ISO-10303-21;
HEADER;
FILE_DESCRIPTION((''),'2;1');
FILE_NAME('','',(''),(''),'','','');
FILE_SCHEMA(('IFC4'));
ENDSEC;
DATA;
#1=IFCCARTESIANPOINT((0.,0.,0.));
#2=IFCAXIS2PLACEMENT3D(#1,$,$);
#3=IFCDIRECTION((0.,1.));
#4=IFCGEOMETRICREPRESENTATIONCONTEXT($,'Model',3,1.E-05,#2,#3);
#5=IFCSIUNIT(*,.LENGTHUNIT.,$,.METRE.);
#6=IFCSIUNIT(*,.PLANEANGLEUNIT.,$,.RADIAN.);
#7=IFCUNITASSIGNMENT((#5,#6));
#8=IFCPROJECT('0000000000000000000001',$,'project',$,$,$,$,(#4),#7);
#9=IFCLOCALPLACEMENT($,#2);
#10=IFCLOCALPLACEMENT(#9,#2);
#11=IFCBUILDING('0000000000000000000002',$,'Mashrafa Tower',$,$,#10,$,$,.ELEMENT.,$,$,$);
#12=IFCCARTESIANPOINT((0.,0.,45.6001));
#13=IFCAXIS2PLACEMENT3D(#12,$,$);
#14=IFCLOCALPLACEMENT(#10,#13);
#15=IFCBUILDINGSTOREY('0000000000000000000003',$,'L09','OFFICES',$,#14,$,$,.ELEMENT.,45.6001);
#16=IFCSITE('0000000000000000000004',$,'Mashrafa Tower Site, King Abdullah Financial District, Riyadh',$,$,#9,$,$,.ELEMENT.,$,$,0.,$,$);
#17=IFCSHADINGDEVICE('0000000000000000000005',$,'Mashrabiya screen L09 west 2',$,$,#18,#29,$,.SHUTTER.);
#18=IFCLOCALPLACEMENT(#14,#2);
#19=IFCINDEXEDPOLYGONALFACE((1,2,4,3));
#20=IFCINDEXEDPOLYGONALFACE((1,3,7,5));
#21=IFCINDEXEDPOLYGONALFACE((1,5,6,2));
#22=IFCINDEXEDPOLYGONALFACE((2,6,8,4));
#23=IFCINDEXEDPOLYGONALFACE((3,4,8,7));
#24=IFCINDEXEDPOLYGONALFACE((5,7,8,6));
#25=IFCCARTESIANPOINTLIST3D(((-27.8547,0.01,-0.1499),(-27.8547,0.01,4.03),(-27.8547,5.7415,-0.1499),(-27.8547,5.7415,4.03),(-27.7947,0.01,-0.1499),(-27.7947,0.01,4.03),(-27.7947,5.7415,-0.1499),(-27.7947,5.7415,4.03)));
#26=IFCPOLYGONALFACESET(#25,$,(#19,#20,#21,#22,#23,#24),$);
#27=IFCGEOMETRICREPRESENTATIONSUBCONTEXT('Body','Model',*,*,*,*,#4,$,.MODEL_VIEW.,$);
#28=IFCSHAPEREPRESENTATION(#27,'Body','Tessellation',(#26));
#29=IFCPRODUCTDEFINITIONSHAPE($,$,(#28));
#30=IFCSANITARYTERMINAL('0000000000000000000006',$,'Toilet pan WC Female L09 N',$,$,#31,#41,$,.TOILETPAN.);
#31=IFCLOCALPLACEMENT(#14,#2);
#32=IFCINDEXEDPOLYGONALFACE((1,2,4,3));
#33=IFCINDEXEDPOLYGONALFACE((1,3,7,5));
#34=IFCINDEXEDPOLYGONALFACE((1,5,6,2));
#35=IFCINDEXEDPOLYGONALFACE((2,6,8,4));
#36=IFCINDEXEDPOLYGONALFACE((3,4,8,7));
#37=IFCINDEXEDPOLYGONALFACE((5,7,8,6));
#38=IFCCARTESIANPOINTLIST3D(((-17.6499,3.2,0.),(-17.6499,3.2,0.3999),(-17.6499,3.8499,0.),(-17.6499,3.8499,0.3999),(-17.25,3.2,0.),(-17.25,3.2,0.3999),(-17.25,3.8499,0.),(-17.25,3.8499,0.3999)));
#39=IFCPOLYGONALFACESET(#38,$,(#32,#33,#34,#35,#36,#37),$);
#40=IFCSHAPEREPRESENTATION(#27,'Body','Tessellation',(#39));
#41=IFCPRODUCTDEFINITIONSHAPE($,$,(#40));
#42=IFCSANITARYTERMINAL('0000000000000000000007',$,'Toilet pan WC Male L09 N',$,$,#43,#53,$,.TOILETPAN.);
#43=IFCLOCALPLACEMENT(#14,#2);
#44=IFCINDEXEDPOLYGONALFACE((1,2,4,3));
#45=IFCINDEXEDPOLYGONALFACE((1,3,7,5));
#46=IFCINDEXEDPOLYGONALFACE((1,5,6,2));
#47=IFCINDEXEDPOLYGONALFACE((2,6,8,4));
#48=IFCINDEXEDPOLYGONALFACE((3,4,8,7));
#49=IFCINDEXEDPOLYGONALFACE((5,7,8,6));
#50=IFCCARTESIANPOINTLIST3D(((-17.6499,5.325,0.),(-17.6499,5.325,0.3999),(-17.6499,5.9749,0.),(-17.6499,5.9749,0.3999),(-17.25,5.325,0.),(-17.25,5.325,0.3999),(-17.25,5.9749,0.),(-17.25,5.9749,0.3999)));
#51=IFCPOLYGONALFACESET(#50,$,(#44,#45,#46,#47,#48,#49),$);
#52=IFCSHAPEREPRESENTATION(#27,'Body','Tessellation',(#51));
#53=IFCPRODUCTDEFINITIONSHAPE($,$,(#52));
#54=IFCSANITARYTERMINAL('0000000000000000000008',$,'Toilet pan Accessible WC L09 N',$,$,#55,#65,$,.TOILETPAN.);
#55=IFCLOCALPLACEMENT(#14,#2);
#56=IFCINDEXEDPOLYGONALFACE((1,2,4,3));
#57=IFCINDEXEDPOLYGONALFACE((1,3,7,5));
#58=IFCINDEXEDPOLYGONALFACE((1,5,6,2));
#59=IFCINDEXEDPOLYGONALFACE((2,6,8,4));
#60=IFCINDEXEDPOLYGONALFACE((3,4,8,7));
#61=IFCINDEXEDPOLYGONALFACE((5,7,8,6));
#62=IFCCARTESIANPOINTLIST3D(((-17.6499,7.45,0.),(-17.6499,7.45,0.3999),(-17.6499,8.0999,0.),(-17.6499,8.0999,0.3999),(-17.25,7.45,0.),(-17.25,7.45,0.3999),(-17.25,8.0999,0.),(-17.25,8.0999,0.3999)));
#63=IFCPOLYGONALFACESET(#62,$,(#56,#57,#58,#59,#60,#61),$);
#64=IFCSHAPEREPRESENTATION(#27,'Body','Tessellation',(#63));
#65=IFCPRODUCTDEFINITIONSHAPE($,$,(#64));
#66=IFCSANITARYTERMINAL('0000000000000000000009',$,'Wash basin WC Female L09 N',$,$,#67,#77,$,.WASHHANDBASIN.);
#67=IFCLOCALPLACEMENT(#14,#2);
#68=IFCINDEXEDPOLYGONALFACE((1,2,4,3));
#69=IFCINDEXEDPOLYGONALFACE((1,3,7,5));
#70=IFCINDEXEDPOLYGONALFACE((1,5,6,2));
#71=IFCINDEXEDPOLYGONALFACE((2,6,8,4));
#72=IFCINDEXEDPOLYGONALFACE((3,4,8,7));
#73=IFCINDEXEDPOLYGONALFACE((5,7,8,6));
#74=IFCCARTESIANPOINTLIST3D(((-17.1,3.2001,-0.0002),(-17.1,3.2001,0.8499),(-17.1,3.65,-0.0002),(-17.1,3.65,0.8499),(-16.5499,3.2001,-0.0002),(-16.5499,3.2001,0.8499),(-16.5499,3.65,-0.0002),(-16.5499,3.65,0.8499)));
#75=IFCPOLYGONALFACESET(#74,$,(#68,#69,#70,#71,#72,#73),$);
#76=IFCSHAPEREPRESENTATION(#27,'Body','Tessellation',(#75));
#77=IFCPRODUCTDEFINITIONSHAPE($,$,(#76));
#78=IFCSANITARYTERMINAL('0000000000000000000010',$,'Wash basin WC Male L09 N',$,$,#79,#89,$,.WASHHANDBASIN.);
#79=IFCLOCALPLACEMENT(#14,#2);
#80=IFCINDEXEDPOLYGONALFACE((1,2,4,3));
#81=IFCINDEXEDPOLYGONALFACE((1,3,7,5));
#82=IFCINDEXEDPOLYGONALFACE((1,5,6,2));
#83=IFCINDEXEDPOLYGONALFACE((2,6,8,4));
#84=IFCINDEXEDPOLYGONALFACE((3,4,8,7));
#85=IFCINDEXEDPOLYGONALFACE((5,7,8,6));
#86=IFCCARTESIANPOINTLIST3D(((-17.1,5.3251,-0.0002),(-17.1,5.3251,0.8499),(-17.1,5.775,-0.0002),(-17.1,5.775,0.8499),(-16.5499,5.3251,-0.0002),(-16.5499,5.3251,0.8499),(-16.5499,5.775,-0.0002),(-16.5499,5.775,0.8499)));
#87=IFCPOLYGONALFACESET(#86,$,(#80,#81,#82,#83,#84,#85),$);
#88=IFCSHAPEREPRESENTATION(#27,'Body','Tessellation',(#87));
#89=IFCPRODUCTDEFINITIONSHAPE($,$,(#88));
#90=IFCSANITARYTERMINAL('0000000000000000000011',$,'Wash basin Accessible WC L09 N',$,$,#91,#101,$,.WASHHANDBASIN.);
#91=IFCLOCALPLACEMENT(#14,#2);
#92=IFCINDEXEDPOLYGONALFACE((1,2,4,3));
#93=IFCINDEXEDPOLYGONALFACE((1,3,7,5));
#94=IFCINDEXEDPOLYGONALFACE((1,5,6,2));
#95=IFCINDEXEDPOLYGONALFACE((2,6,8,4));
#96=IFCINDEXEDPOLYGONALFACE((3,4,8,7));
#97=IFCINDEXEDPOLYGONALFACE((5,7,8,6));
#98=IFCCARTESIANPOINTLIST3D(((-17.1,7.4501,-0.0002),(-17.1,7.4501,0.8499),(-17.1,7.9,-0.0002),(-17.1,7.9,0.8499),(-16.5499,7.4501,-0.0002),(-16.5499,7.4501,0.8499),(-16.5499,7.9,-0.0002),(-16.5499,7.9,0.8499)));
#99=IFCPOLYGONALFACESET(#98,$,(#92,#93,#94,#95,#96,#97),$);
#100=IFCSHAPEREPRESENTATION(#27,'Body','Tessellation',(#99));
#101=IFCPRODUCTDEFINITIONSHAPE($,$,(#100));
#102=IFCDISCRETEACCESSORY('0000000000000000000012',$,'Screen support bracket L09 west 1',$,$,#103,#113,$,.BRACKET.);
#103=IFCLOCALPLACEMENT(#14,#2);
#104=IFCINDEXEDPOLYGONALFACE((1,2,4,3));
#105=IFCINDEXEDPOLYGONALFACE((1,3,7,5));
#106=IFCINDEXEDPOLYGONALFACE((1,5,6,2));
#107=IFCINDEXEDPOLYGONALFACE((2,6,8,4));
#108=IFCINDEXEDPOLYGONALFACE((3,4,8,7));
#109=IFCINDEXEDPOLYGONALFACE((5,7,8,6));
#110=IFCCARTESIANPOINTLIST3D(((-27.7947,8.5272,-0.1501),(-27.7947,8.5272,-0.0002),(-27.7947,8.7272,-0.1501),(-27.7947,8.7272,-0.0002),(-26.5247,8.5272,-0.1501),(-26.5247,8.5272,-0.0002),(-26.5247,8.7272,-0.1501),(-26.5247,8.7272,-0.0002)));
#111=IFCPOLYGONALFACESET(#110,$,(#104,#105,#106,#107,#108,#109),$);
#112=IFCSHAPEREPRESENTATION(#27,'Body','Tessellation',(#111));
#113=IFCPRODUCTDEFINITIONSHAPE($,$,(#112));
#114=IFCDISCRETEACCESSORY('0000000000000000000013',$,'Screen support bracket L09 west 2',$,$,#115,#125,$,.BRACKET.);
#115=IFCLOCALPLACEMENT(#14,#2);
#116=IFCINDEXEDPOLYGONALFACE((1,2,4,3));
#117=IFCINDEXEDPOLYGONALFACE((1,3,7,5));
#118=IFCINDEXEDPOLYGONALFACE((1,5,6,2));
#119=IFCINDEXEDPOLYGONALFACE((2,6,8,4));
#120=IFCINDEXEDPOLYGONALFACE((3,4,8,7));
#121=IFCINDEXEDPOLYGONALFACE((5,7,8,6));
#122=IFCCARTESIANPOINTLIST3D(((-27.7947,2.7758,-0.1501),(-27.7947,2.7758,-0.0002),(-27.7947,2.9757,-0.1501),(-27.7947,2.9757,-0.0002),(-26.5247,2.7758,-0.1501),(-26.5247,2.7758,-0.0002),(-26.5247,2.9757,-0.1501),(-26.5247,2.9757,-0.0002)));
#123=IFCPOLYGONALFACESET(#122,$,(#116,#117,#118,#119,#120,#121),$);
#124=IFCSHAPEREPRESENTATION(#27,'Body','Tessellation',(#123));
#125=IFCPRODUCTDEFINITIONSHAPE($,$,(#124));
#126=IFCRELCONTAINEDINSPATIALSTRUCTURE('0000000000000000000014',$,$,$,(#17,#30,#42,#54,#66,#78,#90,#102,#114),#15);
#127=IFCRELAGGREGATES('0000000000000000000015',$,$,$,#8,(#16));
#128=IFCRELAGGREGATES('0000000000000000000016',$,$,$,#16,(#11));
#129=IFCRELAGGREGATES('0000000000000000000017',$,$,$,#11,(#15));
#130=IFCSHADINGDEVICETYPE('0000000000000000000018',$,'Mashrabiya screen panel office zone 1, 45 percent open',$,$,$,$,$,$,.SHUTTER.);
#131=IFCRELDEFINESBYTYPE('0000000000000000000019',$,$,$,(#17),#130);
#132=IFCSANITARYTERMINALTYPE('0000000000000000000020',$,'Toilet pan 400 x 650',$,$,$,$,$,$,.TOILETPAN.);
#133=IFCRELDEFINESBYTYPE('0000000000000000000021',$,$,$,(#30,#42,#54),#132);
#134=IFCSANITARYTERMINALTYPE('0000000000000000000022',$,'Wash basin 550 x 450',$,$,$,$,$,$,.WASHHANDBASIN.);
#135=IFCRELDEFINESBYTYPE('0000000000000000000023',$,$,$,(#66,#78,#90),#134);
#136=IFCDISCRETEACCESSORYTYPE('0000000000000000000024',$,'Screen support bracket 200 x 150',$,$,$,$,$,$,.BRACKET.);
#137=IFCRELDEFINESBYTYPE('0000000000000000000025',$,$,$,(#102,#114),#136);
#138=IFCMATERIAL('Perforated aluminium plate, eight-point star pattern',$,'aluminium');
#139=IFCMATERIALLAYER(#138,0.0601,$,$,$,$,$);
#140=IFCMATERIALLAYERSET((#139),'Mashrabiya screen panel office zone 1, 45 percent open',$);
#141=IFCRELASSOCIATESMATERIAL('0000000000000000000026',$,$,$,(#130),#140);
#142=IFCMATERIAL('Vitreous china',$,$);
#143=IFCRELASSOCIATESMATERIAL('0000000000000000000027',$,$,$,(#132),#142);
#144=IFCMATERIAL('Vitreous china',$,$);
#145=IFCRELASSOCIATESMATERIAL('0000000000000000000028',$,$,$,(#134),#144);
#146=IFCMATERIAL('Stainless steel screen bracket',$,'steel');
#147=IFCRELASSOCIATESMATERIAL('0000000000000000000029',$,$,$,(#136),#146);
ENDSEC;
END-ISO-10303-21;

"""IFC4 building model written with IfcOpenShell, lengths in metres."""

from ifc_helpers import new_model, si_unit, direction, frame, origin, origin_2d, place, context, subcontext, project, spatial, rectangle, extrude, source, transform, mapped, material, layer, layer_set, type_object, type_shapes, element, save


model = new_model("IFC4")

# Units and contexts
model_context = context("Model", 3, precision=1e-05, world=origin(), true_north=direction((0.0, 1.0)))
body_context = subcontext(model_context, "Body", "Model", "MODEL_VIEW")
ifc_project = project(units=[si_unit("LENGTHUNIT", "METRE"), si_unit("PLANEANGLEUNIT", "RADIAN")], contexts=[model_context])

# Site, building, storey
site_placement = place(None, origin())
site = spatial("IfcSite", under=ifc_project, at=site_placement, Name="Mashrafa Tower Site, King Abdullah Financial District, Riyadh", CompositionType="ELEMENT", RefElevation=0.0)
building_placement = place(site_placement, origin())
building = spatial("IfcBuilding", under=site, at=building_placement, Name="Mashrafa Tower", CompositionType="ELEMENT")
storey_placement = place(building_placement, frame((0.0, 0.0, 45.6001)))
storey = spatial("IfcBuildingStorey", under=building, at=storey_placement, Name="L09", Description="OFFICES", CompositionType="ELEMENT", Elevation=45.6001)

# Shading device
ifc_material_1 = material(Name="Perforated aluminium plate, eight-point star pattern", Category="aluminium")
ifc_layer_1 = layer(ifc_material_1, 0.0601)
ifc_layer_set_1 = layer_set([ifc_layer_1], Name="Mashrabiya screen panel office zone 1, 45 percent open")
shading_device_type = type_object("IfcShadingDeviceType", Name="Mashrabiya screen panel office zone 1, 45 percent open", PredefinedType="SHUTTER", material=ifc_layer_set_1)
shared_shape_1 = source(origin(), body_context, "Body", "SweptSolid", [
    extrude(rectangle(XDim=5.7314, YDim=0.0601, at=origin_2d()), origin(), (0.0, 0.0, 1.0), 4.1799),
])
type_shapes(shading_device_type, [shared_shape_1])
for number, where, z_axis, x_axis, name in (
    (1, (-27.8247, 2.8757, -0.1499), (0.0, 0.0, 1.0), (0.0, -1.0, 0.0), "Mashrabiya screen L09 west 2"),
):
    element("IfcShadingDevice", number, at=place(storey_placement, frame(where, z_axis=z_axis, x_axis=x_axis)), inside=storey, type_object=shading_device_type, Name=name, PredefinedType="SHUTTER", context=body_context, shape_type="MappedRepresentation", body=[
        mapped(shared_shape_1, transform((0.0, 0.0, 0.0))),
    ])

# Sanitary terminals
ifc_material_2 = material(Name="Vitreous china")
sanitary_terminal_type_1 = type_object("IfcSanitaryTerminalType", Name="Toilet pan 400 x 650", PredefinedType="TOILETPAN", material=ifc_material_2)
for number, where, z_axis, x_axis, name in (
    (2, (-17.45, 3.5249, 0.0), (0.0, 0.0, 1.0), (1.0, 0.0, 0.0), "Toilet pan WC Female L09 N"),
    (3, (-17.45, 5.6499, 0.0), (0.0, 0.0, 1.0), (1.0, 0.0, 0.0), "Toilet pan WC Male L09 N"),
    (4, (-17.45, 7.7749, 0.0), (0.0, 0.0, 1.0), (1.0, 0.0, 0.0), "Toilet pan Accessible WC L09 N"),
):
    element("IfcSanitaryTerminal", number, at=place(storey_placement, frame(where, z_axis=z_axis, x_axis=x_axis)), inside=storey, type_object=sanitary_terminal_type_1, Name=name, PredefinedType="TOILETPAN", context=body_context, shape_type="SweptSolid", body=[
        extrude(rectangle(XDim=0.3999, YDim=0.6499, at=origin_2d()), origin(), (0.0, 0.0, 1.0), 0.3999),
    ])
ifc_material_3 = material(Name="Vitreous china")
sanitary_terminal_type_2 = type_object("IfcSanitaryTerminalType", Name="Wash basin 550 x 450", PredefinedType="WASHHANDBASIN", material=ifc_material_3)
for number, where, z_axis, x_axis, name in (
    (5, (-16.825, 3.425, -0.0002), (0.0, 0.0, 1.0), (1.0, 0.0, 0.0), "Wash basin WC Female L09 N"),
    (6, (-16.825, 5.55, -0.0002), (0.0, 0.0, 1.0), (1.0, 0.0, 0.0), "Wash basin WC Male L09 N"),
    (7, (-16.825, 7.675, -0.0002), (0.0, 0.0, 1.0), (1.0, 0.0, 0.0), "Wash basin Accessible WC L09 N"),
):
    element("IfcSanitaryTerminal", number, at=place(storey_placement, frame(where, z_axis=z_axis, x_axis=x_axis)), inside=storey, type_object=sanitary_terminal_type_2, Name=name, PredefinedType="WASHHANDBASIN", context=body_context, shape_type="SweptSolid", body=[
        extrude(rectangle(XDim=0.55, YDim=0.45, at=origin_2d()), origin(), (0.0, 0.0, 1.0), 0.8501),
    ])

# Discrete accessories
ifc_material_4 = material(Name="Stainless steel screen bracket", Category="steel")
discrete_accessory_type = type_object("IfcDiscreteAccessoryType", Name="Screen support bracket 200 x 150", PredefinedType="BRACKET", material=ifc_material_4)
shared_shape_2 = source(origin(), body_context, "Body", "SweptSolid", [
    extrude(rectangle(XDim=0.2, YDim=1.27, at=origin_2d()), origin(), (0.0, 0.0, 1.0), 0.1499),
])
type_shapes(discrete_accessory_type, [shared_shape_2])
for number, where, z_axis, x_axis, name in (
    (8, (-27.1597, 8.6272, -0.1501), (0.0, 0.0, 1.0), (0.0, -1.0, 0.0), "Screen support bracket L09 west 1"),
    (9, (-27.1597, 2.8757, -0.1501), (0.0, 0.0, 1.0), (0.0, -1.0, 0.0), "Screen support bracket L09 west 2"),
):
    element("IfcDiscreteAccessory", number, at=place(storey_placement, frame(where, z_axis=z_axis, x_axis=x_axis)), inside=storey, type_object=discrete_accessory_type, Name=name, PredefinedType="BRACKET", context=body_context, shape_type="MappedRepresentation", body=[
        mapped(shared_shape_2, transform((0.0, 0.0, 0.0))),
    ])

save(model, "model.ifc")
